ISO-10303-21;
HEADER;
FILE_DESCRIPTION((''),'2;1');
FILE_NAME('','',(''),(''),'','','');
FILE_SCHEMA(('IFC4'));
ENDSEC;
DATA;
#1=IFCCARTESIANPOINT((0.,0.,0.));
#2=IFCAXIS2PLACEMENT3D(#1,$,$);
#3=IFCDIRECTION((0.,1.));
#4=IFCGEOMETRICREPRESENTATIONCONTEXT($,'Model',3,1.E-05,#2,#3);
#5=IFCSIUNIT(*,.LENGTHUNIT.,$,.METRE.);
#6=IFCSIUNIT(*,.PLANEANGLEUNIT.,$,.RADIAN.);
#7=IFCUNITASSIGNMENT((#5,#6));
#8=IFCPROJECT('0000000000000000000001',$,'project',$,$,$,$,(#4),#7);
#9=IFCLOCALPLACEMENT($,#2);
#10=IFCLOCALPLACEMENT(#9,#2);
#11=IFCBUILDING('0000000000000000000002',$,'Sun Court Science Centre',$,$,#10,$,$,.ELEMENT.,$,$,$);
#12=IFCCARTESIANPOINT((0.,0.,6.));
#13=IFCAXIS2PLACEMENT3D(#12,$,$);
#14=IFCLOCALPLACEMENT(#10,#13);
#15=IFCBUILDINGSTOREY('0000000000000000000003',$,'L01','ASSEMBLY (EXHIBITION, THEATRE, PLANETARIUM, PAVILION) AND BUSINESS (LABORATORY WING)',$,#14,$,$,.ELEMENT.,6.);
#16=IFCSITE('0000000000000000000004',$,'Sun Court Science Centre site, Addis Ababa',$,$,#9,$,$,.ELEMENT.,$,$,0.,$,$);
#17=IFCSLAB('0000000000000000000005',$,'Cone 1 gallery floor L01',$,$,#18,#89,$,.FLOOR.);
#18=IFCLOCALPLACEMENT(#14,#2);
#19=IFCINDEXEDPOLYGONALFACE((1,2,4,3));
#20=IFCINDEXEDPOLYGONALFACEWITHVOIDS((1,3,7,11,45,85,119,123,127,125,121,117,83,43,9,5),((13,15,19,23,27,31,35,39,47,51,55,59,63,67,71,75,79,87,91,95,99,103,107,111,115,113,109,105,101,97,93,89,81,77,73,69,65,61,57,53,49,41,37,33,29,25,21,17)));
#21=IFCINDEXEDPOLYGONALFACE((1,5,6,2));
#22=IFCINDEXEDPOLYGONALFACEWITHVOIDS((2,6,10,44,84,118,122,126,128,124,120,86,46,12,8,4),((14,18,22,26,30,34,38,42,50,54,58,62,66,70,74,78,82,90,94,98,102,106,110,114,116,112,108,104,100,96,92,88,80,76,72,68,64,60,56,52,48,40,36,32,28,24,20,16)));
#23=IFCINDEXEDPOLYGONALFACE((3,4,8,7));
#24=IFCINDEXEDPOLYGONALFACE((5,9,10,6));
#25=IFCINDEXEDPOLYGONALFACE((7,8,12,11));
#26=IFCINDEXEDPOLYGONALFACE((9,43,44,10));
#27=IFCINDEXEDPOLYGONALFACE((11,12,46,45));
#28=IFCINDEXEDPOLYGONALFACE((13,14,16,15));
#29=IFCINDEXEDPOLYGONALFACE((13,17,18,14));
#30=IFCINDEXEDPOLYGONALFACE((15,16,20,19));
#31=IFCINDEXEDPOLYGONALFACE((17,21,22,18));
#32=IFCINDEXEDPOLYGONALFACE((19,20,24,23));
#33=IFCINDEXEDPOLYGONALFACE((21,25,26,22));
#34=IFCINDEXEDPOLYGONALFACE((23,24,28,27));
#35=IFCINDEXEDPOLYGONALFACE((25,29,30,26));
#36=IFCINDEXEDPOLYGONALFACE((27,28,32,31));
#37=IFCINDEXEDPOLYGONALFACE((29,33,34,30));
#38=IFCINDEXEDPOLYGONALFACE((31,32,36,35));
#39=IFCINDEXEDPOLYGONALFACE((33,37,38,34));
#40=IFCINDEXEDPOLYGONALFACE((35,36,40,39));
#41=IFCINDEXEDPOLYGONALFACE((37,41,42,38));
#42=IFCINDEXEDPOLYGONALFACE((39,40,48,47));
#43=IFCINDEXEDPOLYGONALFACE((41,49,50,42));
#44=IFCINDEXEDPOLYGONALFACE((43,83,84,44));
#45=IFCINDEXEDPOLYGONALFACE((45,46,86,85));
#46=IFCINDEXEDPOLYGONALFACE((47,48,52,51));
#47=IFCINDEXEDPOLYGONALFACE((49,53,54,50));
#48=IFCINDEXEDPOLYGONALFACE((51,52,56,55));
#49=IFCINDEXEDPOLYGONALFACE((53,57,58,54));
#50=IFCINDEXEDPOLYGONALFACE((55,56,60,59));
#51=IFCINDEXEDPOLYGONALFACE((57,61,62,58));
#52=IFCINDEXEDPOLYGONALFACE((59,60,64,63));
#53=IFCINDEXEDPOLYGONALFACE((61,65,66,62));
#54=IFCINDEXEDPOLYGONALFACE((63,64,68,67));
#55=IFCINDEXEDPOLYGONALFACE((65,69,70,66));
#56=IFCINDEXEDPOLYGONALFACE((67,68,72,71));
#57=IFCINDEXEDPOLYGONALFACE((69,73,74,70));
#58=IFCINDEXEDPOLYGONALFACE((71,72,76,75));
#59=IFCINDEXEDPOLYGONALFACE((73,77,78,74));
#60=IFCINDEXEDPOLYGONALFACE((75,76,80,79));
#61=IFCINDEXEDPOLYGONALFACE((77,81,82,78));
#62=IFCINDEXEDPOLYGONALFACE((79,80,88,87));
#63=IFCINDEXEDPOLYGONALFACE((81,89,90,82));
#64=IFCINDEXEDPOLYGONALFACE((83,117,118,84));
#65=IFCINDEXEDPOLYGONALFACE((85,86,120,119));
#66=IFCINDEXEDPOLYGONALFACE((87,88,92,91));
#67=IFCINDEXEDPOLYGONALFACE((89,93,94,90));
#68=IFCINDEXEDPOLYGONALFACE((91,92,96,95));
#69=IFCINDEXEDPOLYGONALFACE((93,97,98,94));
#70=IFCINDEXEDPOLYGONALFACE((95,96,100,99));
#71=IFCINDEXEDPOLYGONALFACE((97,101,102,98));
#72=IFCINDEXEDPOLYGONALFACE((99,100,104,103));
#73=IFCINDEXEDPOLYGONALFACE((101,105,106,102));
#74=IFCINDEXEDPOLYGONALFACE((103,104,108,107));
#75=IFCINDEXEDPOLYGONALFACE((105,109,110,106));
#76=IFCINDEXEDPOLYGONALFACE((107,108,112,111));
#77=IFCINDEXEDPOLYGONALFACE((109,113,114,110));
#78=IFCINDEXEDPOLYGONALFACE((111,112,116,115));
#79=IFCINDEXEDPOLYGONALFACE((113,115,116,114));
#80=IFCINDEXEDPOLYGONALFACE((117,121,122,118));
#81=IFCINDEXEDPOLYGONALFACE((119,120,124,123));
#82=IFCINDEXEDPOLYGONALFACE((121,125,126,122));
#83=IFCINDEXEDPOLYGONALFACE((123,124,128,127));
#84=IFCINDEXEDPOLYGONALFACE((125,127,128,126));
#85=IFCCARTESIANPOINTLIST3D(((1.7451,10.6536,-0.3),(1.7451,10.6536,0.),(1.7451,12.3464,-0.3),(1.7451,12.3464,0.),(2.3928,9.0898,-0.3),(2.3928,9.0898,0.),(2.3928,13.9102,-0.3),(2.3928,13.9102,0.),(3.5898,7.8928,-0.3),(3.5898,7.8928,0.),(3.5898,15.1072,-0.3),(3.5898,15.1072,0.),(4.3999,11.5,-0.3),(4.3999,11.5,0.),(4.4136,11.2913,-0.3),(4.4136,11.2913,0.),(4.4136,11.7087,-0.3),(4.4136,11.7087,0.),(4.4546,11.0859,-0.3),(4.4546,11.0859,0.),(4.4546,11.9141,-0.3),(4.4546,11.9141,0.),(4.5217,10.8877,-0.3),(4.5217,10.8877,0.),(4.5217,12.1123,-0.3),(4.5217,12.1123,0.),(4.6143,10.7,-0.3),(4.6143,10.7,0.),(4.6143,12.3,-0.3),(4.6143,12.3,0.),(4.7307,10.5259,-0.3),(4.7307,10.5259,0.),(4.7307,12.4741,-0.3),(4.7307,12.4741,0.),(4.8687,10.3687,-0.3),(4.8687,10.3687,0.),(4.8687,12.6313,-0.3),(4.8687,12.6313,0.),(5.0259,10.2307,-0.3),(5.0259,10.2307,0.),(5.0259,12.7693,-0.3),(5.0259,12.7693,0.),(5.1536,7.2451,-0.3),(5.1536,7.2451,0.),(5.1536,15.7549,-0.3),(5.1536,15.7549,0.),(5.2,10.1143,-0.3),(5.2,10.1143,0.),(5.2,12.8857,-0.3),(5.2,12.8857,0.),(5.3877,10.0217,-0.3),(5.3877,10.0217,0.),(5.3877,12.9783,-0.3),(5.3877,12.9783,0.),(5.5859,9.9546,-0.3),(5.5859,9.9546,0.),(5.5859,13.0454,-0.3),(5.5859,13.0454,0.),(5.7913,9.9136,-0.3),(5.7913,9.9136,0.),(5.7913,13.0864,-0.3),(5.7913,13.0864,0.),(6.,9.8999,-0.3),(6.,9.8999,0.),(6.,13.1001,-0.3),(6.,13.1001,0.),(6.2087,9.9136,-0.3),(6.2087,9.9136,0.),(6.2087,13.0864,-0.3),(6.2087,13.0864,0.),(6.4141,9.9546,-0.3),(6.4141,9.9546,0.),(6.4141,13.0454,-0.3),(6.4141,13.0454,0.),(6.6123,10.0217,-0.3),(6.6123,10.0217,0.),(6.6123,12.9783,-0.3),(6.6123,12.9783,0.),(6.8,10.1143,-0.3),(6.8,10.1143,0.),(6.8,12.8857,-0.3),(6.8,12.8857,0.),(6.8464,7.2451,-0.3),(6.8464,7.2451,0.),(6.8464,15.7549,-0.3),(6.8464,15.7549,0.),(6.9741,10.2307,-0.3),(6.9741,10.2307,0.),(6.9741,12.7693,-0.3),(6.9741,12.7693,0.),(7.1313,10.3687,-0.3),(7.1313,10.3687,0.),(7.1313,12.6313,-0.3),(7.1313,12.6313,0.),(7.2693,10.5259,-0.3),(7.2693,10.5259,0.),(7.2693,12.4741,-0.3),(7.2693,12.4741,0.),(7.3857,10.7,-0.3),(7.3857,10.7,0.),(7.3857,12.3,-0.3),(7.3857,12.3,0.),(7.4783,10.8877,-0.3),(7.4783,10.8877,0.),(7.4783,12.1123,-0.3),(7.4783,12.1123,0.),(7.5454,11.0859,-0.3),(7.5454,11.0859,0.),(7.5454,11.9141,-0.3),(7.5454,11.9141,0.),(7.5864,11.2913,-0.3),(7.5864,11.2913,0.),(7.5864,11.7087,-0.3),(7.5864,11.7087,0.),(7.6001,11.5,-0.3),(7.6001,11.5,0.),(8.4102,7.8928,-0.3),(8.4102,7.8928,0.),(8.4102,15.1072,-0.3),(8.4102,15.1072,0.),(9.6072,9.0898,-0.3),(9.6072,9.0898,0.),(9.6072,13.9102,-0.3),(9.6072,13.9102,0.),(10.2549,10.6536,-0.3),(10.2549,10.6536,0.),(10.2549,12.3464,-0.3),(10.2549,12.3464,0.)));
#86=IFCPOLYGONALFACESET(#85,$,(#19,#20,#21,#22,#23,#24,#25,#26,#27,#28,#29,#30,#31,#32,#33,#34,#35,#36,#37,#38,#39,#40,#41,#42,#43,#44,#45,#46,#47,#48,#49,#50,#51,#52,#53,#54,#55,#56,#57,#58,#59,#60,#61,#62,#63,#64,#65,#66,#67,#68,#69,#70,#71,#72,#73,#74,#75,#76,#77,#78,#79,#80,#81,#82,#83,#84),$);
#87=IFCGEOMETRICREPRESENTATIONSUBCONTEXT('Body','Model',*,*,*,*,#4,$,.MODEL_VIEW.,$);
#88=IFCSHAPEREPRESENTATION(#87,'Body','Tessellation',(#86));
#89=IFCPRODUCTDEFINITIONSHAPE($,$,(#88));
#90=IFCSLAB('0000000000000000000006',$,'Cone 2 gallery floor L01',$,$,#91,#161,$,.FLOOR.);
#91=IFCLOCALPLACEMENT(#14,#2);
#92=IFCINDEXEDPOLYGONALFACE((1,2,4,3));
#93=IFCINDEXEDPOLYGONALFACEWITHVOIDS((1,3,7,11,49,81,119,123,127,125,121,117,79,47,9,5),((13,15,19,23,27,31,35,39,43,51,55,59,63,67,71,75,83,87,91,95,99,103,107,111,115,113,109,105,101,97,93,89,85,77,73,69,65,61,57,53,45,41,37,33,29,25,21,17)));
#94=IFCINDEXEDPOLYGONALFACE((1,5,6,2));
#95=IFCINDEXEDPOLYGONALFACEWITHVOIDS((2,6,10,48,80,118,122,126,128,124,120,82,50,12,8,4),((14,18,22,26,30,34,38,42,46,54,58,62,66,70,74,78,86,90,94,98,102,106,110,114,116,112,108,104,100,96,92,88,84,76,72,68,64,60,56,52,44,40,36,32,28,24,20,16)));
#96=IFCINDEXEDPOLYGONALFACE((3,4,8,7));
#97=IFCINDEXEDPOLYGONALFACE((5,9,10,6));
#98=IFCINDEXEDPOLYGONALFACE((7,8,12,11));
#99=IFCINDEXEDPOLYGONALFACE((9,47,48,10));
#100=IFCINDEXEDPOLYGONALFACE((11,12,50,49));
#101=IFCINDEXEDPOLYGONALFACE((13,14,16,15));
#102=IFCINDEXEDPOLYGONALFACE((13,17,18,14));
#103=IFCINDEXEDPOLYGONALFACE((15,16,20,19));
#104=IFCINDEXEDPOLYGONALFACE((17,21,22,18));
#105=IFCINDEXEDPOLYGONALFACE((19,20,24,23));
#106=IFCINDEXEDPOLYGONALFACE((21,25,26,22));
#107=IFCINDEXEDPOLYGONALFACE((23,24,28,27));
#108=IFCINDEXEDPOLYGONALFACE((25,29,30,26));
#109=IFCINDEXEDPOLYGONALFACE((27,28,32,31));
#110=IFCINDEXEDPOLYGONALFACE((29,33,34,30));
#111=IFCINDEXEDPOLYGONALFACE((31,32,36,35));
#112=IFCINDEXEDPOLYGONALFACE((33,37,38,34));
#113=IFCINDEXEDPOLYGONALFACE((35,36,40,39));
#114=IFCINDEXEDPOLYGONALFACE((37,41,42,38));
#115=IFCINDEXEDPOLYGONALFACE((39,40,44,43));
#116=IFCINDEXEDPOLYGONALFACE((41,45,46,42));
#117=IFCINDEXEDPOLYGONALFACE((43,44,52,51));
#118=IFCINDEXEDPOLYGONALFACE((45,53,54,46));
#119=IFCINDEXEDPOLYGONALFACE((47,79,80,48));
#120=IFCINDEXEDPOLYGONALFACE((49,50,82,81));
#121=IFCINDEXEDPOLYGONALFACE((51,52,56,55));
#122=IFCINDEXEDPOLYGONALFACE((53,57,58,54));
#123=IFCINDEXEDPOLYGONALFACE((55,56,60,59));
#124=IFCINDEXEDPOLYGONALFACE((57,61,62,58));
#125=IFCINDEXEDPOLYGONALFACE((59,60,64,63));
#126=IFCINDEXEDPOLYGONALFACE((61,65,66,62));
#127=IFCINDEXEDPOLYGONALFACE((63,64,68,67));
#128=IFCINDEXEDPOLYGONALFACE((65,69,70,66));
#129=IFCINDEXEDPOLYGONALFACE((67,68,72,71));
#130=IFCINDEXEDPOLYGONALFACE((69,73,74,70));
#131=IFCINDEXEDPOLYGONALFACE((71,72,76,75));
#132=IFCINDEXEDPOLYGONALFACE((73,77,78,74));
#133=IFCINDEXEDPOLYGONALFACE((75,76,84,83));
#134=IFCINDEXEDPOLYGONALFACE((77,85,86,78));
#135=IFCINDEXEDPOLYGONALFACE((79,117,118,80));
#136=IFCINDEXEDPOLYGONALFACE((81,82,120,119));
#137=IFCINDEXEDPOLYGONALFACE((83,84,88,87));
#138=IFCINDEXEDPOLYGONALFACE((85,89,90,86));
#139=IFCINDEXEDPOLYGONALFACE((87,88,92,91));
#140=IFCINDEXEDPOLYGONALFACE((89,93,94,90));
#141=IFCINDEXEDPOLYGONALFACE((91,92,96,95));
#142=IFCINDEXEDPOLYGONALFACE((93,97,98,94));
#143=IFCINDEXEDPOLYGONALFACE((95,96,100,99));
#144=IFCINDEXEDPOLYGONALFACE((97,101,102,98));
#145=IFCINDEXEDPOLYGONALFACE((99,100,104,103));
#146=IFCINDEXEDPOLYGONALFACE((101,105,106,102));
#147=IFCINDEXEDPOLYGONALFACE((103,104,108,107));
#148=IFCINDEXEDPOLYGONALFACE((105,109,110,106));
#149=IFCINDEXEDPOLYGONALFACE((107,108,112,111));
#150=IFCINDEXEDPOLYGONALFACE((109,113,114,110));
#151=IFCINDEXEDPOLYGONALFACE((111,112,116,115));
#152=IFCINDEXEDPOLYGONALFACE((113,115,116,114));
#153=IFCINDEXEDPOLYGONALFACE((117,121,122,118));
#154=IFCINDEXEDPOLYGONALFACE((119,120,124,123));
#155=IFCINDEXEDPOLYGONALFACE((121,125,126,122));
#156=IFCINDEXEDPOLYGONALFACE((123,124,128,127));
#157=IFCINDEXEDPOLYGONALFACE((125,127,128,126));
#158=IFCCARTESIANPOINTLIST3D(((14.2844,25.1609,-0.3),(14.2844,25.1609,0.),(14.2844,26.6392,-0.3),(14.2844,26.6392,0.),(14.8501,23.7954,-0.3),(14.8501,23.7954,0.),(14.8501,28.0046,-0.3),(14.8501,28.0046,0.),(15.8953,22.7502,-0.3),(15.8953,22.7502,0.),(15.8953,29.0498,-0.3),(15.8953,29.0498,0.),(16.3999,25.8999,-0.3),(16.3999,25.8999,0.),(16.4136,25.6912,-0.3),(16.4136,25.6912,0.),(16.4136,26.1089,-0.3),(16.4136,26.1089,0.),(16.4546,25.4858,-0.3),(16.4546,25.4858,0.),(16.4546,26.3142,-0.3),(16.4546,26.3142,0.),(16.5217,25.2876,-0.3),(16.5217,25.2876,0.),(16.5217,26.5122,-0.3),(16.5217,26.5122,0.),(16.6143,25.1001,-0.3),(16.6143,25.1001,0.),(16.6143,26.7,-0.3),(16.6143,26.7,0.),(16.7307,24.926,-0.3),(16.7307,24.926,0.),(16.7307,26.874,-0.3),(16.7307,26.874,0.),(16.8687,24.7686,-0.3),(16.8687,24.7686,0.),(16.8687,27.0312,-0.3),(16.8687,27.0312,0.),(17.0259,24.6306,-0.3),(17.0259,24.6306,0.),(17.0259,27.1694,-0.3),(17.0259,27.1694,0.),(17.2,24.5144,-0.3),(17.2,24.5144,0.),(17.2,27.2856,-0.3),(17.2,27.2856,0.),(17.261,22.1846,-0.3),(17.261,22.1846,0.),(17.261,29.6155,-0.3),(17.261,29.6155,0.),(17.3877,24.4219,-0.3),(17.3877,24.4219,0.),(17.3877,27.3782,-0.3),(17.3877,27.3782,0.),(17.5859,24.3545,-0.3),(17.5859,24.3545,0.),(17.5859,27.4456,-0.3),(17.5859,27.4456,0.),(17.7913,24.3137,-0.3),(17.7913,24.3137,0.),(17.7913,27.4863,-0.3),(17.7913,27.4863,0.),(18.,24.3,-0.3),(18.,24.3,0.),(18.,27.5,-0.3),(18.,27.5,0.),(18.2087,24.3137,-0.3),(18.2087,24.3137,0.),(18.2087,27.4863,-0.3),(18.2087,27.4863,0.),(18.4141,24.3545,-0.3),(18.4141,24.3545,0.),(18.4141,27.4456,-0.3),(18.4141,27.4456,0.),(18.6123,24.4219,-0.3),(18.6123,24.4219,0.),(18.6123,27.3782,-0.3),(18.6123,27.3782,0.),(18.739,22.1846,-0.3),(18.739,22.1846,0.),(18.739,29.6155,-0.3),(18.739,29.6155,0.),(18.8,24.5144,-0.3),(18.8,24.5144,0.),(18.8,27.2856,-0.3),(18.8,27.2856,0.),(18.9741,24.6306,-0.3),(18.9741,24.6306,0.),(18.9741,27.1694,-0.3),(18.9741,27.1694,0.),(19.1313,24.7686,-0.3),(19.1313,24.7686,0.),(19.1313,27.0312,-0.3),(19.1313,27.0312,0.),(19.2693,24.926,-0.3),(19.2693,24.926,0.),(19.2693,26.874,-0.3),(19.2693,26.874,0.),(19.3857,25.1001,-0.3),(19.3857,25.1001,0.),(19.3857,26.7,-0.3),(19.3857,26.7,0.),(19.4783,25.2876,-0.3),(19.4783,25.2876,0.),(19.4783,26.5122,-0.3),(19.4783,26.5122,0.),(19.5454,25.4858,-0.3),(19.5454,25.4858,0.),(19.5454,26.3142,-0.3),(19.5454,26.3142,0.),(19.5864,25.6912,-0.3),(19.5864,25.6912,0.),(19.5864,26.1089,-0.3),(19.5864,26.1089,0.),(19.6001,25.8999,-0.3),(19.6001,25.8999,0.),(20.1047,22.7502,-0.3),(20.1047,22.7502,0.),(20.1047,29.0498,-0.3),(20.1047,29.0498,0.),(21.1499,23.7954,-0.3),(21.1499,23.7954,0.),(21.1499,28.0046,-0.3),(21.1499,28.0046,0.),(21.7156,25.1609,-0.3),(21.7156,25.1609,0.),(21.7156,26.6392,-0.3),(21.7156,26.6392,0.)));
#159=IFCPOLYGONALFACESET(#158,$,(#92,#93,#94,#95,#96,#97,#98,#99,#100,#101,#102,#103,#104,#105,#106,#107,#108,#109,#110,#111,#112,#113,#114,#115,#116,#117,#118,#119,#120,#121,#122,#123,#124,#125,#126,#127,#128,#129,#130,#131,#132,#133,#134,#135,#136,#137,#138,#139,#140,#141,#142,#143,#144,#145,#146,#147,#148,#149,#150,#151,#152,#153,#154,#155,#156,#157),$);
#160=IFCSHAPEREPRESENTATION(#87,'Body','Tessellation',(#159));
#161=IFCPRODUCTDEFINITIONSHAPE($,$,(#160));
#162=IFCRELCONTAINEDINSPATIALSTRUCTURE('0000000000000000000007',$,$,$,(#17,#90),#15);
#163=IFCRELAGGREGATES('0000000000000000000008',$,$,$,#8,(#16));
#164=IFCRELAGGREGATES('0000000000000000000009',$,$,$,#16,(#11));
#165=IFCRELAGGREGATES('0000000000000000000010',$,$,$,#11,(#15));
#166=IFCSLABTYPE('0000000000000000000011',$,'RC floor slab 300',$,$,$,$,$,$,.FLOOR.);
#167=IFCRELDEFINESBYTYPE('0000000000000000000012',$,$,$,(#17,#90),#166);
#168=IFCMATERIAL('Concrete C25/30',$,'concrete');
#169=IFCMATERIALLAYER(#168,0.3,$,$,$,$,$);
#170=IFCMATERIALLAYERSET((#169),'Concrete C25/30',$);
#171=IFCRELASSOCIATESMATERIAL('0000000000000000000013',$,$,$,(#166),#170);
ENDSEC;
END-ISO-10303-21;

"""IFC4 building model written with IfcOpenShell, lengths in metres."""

from ifc_helpers import new_model, si_unit, direction, frame, origin, place, context, subcontext, project, spatial, polyline, outline, extrude, material, layer, layer_set, type_object, element, save


model = new_model("IFC4")

# Units and contexts
model_context = context("Model", 3, precision=1e-05, world=origin(), true_north=direction((0.0, 1.0)))
body_context = subcontext(model_context, "Body", "Model", "MODEL_VIEW")
ifc_project = project(units=[si_unit("LENGTHUNIT", "METRE"), si_unit("PLANEANGLEUNIT", "RADIAN")], contexts=[model_context])

# Site, building, storey
site_placement = place(None, origin())
site = spatial("IfcSite", under=ifc_project, at=site_placement, Name="Sun Court Science Centre site, Addis Ababa", CompositionType="ELEMENT", RefElevation=0.0)
building_placement = place(site_placement, origin())
building = spatial("IfcBuilding", under=site, at=building_placement, Name="Sun Court Science Centre", CompositionType="ELEMENT")
storey_placement = place(building_placement, frame((0.0, 0.0, 6.0)))
storey = spatial("IfcBuildingStorey", under=building, at=storey_placement, Name="L01", Description="ASSEMBLY (EXHIBITION, THEATRE, PLANETARIUM, PAVILION) AND BUSINESS (LABORATORY WING)", CompositionType="ELEMENT", Elevation=6.0)

# Slabs
ifc_material_1 = material(Name="Concrete C25/30", Category="concrete")
ifc_layer_1 = layer(ifc_material_1, 0.3)
ifc_layer_set_1 = layer_set([ifc_layer_1], Name="Concrete C25/30")
slab_type = type_object("IfcSlabType", Name="RC floor slab 300", PredefinedType="FLOOR", material=ifc_layer_set_1)
slab_1_placement = place(storey_placement, frame((0.0, 0.0, -0.3)))
element("IfcSlab", 1, at=slab_1_placement, inside=storey, type_object=slab_type, Name="Cone 1 gallery floor L01", PredefinedType="FLOOR", context=body_context, shape_type="SweptSolid", body=[
    extrude(outline(polyline([(10.2549, 10.6536), (10.2549, 12.3464), (9.6072, 13.9102), (8.4102, 15.1072), (6.8464, 15.7549), (5.1536, 15.7549), (3.5898, 15.1072), (2.3928, 13.9102), (1.7451, 12.3464), (1.7451, 10.6536), (2.3928, 9.0898), (3.5898, 7.8928), (5.1536, 7.2451), (6.8464, 7.2451), (8.4102, 7.8928), (9.6072, 9.0898), (10.2549, 10.6536)]), holes=[polyline([(7.5864, 11.7087), (7.6001, 11.5), (7.5864, 11.2913), (7.5454, 11.0859), (7.4783, 10.8877), (7.3857, 10.7), (7.2693, 10.5259), (7.1313, 10.3687), (6.9741, 10.2307), (6.8, 10.1143), (6.6123, 10.0217), (6.4141, 9.9546), (6.2087, 9.9136), (6.0, 9.8999), (5.7913, 9.9136), (5.5859, 9.9546), (5.3877, 10.0217), (5.2, 10.1143), (5.0259, 10.2307), (4.8687, 10.3687), (4.7307, 10.5259), (4.6143, 10.7), (4.5217, 10.8877), (4.4546, 11.0859), (4.4136, 11.2913), (4.3999, 11.5), (4.4136, 11.7087), (4.4546, 11.9141), (4.5217, 12.1123), (4.6143, 12.3), (4.7307, 12.4741), (4.8687, 12.6313), (5.0259, 12.7693), (5.2, 12.8857), (5.3877, 12.9783), (5.5859, 13.0454), (5.7913, 13.0864), (6.0, 13.1001), (6.2087, 13.0864), (6.4141, 13.0454), (6.6123, 12.9783), (6.8, 12.8857), (6.9741, 12.7693), (7.1313, 12.6313), (7.2693, 12.4741), (7.3857, 12.3), (7.4783, 12.1123), (7.5454, 11.9141), (7.5864, 11.7087)])]), origin(), (0.0, 0.0, 1.0), 0.3),
])
slab_2_placement = place(storey_placement, frame((0.0, 0.0, -0.3)))
element("IfcSlab", 2, at=slab_2_placement, inside=storey, type_object=slab_type, Name="Cone 2 gallery floor L01", PredefinedType="FLOOR", context=body_context, shape_type="SweptSolid", body=[
    extrude(outline(polyline([(21.7156, 25.1609), (21.7156, 26.6392), (21.1499, 28.0046), (20.1047, 29.0498), (18.739, 29.6155), (17.261, 29.6155), (15.8953, 29.0498), (14.8501, 28.0046), (14.2844, 26.6392), (14.2844, 25.1609), (14.8501, 23.7954), (15.8953, 22.7502), (17.261, 22.1846), (18.739, 22.1846), (20.1047, 22.7502), (21.1499, 23.7954), (21.7156, 25.1609)]), holes=[polyline([(19.5864, 26.1089), (19.6001, 25.8999), (19.5864, 25.6912), (19.5454, 25.4858), (19.4783, 25.2876), (19.3857, 25.1001), (19.2693, 24.926), (19.1313, 24.7686), (18.9741, 24.6306), (18.8, 24.5144), (18.6123, 24.4219), (18.4141, 24.3545), (18.2087, 24.3137), (18.0, 24.3), (17.7913, 24.3137), (17.5859, 24.3545), (17.3877, 24.4219), (17.2, 24.5144), (17.0259, 24.6306), (16.8687, 24.7686), (16.7307, 24.926), (16.6143, 25.1001), (16.5217, 25.2876), (16.4546, 25.4858), (16.4136, 25.6912), (16.3999, 25.8999), (16.4136, 26.1089), (16.4546, 26.3142), (16.5217, 26.5122), (16.6143, 26.7), (16.7307, 26.874), (16.8687, 27.0312), (17.0259, 27.1694), (17.2, 27.2856), (17.3877, 27.3782), (17.5859, 27.4456), (17.7913, 27.4863), (18.0, 27.5), (18.2087, 27.4863), (18.4141, 27.4456), (18.6123, 27.3782), (18.8, 27.2856), (18.9741, 27.1694), (19.1313, 27.0312), (19.2693, 26.874), (19.3857, 26.7), (19.4783, 26.5122), (19.5454, 26.3142), (19.5864, 26.1089)])]), origin(), (0.0, 0.0, 1.0), 0.3),
])

save(model, "model.ifc")
